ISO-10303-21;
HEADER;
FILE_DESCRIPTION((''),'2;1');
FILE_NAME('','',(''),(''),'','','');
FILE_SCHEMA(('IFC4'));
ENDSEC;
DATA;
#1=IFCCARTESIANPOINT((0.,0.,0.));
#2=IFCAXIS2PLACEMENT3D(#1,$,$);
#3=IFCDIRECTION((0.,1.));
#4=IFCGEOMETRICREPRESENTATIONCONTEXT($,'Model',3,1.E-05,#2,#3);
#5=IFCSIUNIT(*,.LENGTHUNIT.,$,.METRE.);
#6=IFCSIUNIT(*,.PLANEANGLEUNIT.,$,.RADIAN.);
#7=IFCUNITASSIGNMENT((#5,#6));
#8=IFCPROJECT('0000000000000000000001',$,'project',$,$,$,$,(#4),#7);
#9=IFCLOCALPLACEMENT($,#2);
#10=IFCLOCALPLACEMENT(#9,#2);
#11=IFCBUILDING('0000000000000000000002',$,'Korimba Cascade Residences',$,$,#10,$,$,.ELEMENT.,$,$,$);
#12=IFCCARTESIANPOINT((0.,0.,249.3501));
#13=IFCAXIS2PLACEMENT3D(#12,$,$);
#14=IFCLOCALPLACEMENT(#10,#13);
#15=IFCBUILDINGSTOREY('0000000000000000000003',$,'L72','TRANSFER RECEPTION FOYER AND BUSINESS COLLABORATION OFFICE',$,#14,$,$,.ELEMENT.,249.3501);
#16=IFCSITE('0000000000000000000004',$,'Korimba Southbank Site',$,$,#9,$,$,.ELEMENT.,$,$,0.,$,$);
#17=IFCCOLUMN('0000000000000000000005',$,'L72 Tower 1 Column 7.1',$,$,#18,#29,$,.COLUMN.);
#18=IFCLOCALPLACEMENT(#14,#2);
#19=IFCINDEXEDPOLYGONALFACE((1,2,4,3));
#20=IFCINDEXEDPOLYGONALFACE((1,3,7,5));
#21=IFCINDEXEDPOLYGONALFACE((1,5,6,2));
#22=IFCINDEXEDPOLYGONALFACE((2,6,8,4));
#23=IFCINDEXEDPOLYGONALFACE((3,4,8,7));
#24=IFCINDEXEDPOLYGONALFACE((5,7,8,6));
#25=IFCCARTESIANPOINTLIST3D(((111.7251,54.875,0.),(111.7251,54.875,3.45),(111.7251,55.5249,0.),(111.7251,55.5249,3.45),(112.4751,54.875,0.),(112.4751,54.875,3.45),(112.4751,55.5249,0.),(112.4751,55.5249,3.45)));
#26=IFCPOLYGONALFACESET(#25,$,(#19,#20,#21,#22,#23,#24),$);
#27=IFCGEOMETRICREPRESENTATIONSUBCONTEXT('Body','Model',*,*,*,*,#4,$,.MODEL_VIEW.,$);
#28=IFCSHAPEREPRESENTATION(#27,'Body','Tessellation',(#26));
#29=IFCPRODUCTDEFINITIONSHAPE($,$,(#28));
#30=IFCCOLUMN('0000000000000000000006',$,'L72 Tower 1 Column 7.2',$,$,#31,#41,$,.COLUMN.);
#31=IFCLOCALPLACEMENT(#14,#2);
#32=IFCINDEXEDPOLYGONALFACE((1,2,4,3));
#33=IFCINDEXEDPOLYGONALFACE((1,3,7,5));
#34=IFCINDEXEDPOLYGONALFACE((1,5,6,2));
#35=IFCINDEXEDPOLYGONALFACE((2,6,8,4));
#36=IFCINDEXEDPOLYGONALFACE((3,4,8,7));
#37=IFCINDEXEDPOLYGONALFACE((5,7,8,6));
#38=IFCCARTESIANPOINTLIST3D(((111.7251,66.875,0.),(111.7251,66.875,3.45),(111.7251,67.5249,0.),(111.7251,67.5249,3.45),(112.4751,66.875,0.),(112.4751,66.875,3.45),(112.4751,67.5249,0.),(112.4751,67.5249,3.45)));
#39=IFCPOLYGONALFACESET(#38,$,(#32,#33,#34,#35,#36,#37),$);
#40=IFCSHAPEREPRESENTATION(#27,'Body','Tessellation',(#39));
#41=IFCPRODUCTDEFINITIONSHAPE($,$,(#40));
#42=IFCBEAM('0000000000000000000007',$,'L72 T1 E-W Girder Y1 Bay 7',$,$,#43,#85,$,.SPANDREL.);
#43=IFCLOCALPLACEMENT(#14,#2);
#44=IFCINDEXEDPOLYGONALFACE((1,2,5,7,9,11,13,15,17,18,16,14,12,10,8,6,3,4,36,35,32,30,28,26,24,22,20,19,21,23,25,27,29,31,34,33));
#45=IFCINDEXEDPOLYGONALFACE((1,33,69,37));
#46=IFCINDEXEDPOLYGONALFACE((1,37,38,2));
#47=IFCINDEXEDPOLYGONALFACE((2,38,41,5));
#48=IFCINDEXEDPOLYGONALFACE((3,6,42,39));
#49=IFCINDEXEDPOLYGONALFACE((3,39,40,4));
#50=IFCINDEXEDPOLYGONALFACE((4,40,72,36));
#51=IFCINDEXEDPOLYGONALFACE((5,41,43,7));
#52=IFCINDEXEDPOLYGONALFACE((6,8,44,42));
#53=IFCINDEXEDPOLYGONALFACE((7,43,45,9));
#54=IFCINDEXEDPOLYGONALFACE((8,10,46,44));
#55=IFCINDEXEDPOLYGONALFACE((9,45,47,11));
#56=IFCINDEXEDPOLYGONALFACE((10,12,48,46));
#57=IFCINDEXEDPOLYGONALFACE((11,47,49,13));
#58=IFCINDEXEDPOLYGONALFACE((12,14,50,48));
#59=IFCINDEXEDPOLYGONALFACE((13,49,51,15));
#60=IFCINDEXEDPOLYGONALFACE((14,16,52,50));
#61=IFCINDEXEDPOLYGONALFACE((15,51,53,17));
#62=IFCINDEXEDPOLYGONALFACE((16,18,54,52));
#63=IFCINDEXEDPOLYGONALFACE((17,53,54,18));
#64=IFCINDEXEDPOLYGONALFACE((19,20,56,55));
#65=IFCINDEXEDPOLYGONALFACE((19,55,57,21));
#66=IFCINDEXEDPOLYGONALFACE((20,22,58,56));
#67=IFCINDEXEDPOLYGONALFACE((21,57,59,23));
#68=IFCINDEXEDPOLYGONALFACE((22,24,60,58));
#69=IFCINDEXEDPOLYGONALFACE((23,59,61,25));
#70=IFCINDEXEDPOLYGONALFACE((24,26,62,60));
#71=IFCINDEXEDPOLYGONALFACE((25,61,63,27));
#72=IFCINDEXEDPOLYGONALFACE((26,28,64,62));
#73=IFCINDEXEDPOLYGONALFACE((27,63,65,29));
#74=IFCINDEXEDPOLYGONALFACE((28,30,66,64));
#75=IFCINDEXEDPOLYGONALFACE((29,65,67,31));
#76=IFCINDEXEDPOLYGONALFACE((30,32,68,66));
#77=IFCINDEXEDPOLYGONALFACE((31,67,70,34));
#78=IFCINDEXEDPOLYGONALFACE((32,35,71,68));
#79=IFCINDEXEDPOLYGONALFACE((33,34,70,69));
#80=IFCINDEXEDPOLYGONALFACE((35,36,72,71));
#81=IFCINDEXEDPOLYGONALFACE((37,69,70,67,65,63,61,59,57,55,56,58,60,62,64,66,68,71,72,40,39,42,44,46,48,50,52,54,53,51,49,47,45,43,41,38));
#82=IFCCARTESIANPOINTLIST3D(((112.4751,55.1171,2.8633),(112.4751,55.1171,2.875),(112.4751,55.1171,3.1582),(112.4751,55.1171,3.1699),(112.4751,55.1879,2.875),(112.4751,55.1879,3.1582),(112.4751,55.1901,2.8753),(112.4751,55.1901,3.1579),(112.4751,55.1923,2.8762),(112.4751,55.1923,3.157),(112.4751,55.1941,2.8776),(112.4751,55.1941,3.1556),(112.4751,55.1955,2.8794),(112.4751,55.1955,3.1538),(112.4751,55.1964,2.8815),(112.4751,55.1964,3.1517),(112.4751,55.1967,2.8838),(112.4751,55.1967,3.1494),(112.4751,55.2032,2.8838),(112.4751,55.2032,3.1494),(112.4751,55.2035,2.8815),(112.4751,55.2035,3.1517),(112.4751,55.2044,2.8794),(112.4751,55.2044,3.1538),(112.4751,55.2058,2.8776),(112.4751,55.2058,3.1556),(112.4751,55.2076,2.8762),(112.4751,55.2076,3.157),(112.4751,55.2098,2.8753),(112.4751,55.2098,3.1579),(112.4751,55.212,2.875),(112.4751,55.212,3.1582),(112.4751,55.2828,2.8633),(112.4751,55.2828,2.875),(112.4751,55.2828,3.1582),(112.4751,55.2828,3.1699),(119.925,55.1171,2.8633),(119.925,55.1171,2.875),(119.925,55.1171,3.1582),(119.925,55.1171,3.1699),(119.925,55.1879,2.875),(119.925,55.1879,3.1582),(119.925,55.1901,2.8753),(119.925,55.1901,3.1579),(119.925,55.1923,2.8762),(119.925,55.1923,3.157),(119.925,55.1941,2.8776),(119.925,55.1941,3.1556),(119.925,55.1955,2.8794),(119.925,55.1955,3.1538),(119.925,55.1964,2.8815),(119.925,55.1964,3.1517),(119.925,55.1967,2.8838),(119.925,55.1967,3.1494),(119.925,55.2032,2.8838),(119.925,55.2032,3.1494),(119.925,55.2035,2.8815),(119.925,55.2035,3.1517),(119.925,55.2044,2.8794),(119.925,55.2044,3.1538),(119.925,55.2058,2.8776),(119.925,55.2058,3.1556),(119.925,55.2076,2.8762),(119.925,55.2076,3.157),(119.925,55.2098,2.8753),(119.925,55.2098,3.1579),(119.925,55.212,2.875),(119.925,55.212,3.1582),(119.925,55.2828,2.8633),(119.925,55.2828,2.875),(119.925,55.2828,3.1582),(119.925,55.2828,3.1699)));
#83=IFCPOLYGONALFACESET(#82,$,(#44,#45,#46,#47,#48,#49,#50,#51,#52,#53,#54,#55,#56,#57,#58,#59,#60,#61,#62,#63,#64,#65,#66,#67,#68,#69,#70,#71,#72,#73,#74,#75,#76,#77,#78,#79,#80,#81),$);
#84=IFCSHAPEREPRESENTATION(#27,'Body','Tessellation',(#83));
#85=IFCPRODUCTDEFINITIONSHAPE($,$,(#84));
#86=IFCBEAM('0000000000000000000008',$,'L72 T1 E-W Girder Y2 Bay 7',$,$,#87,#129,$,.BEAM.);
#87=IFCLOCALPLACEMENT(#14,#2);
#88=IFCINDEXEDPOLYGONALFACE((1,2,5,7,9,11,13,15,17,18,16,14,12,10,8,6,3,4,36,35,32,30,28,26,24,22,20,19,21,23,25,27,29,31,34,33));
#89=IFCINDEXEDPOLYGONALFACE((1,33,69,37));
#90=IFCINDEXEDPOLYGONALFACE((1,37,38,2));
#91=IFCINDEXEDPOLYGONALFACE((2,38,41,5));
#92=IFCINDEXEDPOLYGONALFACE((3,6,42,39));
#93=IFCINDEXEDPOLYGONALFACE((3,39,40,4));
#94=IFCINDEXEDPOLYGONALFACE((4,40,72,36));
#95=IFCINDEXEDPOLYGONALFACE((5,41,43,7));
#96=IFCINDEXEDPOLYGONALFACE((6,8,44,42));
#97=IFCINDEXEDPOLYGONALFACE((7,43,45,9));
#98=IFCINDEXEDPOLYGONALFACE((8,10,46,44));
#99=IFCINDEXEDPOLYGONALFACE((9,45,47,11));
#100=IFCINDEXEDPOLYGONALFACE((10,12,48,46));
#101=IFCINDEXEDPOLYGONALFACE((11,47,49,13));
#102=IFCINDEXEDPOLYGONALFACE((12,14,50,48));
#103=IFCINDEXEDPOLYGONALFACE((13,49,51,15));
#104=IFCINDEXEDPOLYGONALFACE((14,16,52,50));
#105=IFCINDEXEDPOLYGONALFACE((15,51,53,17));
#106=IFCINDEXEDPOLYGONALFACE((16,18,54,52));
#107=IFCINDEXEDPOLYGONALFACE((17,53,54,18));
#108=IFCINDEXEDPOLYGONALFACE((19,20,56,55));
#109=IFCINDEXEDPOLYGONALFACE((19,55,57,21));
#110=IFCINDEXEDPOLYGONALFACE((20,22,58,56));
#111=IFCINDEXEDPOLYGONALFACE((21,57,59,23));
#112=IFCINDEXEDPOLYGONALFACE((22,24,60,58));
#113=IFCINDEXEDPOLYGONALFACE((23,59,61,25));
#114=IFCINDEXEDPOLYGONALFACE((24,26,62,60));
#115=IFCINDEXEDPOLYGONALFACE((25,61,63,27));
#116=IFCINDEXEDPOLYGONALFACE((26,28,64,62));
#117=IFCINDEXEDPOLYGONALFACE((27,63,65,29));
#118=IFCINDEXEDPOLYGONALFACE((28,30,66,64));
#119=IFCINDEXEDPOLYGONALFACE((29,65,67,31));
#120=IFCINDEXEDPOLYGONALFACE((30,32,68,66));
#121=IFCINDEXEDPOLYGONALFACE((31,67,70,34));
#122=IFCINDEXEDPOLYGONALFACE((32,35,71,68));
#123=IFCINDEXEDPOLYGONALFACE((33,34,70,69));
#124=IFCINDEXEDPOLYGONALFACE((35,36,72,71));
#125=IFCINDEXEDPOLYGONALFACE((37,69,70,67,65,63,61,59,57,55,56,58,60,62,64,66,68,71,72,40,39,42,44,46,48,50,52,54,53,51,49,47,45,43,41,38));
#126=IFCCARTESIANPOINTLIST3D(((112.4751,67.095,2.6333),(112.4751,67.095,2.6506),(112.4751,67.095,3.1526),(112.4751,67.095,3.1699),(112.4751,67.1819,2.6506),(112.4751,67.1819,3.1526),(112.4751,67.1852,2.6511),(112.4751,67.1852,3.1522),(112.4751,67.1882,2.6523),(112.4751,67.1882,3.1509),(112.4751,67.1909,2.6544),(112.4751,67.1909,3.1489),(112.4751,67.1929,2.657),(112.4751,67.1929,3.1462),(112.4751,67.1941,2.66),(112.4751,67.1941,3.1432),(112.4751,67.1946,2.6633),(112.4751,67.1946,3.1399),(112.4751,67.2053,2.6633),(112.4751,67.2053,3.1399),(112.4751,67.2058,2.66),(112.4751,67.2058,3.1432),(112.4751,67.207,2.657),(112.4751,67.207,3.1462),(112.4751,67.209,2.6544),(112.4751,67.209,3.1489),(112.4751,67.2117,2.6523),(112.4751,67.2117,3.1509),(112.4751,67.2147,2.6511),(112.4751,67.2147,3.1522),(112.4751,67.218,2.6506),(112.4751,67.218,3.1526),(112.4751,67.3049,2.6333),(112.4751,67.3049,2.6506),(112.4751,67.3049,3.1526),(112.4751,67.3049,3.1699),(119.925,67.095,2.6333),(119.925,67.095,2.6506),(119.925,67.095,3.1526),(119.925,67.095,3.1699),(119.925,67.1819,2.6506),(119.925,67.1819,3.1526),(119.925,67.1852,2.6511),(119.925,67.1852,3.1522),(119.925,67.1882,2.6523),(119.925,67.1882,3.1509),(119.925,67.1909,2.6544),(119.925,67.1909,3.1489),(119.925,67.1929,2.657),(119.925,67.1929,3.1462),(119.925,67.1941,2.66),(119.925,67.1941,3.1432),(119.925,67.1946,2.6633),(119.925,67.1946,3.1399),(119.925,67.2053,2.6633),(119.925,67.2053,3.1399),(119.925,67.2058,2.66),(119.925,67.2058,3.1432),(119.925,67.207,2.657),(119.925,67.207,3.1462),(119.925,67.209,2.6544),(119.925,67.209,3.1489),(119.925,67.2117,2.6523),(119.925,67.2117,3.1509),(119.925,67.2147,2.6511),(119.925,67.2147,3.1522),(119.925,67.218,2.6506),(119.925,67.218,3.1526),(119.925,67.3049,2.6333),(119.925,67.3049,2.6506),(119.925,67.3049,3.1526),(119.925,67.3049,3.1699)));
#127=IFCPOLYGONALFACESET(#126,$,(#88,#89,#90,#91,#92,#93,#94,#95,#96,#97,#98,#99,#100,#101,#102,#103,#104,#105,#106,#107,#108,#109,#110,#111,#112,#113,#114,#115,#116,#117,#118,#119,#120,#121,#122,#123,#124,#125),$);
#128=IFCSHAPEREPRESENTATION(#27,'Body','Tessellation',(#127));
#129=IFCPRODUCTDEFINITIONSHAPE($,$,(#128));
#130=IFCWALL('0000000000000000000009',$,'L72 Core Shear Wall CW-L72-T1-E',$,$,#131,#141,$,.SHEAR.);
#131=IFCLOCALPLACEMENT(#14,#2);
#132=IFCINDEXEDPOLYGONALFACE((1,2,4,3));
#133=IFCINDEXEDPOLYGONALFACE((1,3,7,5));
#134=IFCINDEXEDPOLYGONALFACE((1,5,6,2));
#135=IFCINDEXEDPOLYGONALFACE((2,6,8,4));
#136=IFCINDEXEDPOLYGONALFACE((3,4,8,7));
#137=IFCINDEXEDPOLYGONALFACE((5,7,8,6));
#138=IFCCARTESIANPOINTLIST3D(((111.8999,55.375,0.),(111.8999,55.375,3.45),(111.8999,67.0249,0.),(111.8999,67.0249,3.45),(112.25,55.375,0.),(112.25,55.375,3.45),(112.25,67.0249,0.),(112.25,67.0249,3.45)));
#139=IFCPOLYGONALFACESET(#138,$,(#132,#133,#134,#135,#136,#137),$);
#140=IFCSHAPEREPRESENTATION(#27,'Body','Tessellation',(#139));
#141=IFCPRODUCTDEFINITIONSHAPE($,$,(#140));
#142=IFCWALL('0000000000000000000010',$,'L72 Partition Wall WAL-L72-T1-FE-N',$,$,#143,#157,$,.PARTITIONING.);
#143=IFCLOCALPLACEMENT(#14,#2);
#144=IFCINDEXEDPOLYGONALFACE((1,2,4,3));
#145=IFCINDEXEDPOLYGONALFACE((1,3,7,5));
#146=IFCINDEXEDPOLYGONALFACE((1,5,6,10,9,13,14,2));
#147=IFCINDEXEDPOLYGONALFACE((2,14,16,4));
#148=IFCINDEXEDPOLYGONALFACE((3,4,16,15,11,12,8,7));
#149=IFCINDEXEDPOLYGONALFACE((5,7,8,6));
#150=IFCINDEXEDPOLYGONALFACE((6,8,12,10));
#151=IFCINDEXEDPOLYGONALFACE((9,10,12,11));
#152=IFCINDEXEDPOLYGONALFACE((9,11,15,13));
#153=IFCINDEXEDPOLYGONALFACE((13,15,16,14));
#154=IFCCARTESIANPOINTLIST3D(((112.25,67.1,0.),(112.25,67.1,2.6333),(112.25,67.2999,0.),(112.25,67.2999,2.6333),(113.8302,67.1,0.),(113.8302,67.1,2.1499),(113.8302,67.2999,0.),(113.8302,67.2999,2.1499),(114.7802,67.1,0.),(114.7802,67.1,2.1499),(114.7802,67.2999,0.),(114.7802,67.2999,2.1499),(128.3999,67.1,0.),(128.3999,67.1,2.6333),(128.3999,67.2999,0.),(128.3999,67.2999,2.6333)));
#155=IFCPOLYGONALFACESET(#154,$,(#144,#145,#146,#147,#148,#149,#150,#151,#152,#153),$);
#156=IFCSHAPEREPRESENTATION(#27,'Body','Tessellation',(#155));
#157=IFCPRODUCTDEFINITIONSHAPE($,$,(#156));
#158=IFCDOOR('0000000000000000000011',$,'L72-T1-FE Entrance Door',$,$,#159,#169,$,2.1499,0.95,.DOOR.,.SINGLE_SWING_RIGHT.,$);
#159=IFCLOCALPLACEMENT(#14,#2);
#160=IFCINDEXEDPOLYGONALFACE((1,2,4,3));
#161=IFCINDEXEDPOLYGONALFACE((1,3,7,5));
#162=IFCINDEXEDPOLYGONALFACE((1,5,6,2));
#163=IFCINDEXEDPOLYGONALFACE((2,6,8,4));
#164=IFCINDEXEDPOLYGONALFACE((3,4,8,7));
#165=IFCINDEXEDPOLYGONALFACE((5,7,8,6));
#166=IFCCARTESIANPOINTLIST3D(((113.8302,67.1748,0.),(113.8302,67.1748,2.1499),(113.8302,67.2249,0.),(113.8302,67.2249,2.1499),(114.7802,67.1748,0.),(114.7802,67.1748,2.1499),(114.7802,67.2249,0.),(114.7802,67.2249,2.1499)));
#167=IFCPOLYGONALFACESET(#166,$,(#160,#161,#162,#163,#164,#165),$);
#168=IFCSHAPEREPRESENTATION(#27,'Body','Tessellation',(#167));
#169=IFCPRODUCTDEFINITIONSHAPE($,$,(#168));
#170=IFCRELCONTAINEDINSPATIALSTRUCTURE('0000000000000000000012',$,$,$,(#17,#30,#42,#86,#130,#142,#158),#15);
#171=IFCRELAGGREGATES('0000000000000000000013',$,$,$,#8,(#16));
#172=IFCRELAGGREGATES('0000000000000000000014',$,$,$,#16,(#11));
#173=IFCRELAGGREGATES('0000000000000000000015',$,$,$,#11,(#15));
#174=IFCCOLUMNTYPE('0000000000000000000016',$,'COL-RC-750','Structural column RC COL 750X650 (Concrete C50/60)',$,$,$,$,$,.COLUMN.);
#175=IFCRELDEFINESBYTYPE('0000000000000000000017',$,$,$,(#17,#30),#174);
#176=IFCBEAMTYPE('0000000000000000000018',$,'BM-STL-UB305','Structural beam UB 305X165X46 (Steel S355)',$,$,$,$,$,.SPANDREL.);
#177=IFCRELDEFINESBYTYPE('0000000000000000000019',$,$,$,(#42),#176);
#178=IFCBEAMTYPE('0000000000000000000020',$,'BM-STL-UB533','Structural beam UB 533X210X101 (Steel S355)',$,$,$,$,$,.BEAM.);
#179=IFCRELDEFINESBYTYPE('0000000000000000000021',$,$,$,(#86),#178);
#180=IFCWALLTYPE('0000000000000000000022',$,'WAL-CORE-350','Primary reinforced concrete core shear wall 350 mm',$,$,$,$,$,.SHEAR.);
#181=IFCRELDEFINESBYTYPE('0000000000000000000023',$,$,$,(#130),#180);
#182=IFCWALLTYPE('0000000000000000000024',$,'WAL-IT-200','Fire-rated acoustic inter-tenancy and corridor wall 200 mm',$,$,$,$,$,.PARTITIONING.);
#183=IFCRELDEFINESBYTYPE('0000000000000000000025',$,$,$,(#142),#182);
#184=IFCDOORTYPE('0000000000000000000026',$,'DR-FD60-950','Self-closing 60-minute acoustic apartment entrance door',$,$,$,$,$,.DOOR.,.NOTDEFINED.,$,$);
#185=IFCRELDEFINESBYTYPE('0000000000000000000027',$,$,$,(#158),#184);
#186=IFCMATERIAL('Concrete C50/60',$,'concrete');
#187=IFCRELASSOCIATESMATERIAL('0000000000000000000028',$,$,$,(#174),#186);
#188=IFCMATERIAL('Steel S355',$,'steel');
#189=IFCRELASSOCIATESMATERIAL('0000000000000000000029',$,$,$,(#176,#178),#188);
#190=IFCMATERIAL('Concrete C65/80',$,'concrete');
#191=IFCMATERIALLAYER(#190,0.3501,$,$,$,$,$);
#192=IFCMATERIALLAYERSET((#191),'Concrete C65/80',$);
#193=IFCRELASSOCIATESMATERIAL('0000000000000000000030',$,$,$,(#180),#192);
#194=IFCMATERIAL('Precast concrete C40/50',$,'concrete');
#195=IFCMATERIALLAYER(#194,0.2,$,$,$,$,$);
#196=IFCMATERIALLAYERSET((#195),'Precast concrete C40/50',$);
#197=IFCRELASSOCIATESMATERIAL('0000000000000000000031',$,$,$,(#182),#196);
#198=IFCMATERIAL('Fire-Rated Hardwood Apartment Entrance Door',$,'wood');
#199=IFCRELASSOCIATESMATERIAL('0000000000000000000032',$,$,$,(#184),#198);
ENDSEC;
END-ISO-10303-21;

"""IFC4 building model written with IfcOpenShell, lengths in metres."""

from ifc_helpers import new_model, si_unit, direction, frame, frame_2d, origin, origin_2d, place, context, subcontext, project, spatial, rectangle, i_section, extrude, material, layer, layer_set, material_profile, profile_set, type_object, element, fill, save


model = new_model("IFC4")

# Units and contexts
model_context = context("Model", 3, precision=1e-05, world=origin(), true_north=direction((0.0, 1.0)))
body_context = subcontext(model_context, "Body", "Model", "MODEL_VIEW")
ifc_project = project(units=[si_unit("LENGTHUNIT", "METRE"), si_unit("PLANEANGLEUNIT", "RADIAN")], contexts=[model_context])

# Site, building, storey
site_placement = place(None, origin())
site = spatial("IfcSite", under=ifc_project, at=site_placement, Name="Korimba Southbank Site", CompositionType="ELEMENT", RefElevation=0.0)
building_placement = place(site_placement, origin())
building = spatial("IfcBuilding", under=site, at=building_placement, Name="Korimba Cascade Residences", CompositionType="ELEMENT")
storey_placement = place(building_placement, frame((0.0, 0.0, 249.3501)))
storey = spatial("IfcBuildingStorey", under=building, at=storey_placement, Name="L72", Description="TRANSFER RECEPTION FOYER AND BUSINESS COLLABORATION OFFICE", CompositionType="ELEMENT", Elevation=249.3501)

# Columns
ifc_material_1 = material(Name="Concrete C50/60", Category="concrete")
ifc_material_profile_1 = material_profile(ifc_material_1, rectangle(XDim=0.75, YDim=0.6499, at=origin_2d()), Name="Concrete C50/60")
ifc_profile_set_1 = profile_set([ifc_material_profile_1], Name="Concrete C50/60")
column_type = type_object("IfcColumnType", Name="COL-RC-750", Description="Structural column RC COL 750X650 (Concrete C50/60)", PredefinedType="COLUMN", material=ifc_profile_set_1)
for number, where, z_axis, x_axis, name in (
    (1, (112.1001, 55.2, 0.0), (0.0, 0.0, 1.0), (1.0, 0.0, 0.0), "L72 Tower 1 Column 7.1"),
    (2, (112.1001, 67.2, 0.0), (0.0, 0.0, 1.0), (1.0, 0.0, 0.0), "L72 Tower 1 Column 7.2"),
):
    element("IfcColumn", number, at=place(storey_placement, frame(where, z_axis=z_axis, x_axis=x_axis)), inside=storey, type_object=column_type, Name=name, PredefinedType="COLUMN", context=body_context, shape_type="SweptSolid", body=[
        extrude(rectangle(XDim=0.75, YDim=0.6499, at=origin_2d()), origin(), (0.0, 0.0, 1.0), 3.45),
    ])

# Beams
ifc_material_2 = material(Name="Steel S355", Category="steel")
ifc_material_profile_2 = material_profile(ifc_material_2, i_section(OverallWidth=0.1658, OverallDepth=0.3066, WebThickness=0.0066, FlangeThickness=0.0117, FilletRadius=0.0088, at=origin_2d()), Name="Steel S355")
ifc_profile_set_2 = profile_set([ifc_material_profile_2], Name="Steel S355")
beam_type_1 = type_object("IfcBeamType", Name="BM-STL-UB305", Description="Structural beam UB 305X165X46 (Steel S355)", PredefinedType="SPANDREL", material=ifc_profile_set_2)
beam_1_placement = place(storey_placement, frame((112.4751, 55.2, 3.0166), z_axis=(1.0, 0.0, 0.0), x_axis=(0.0, 1.0, 0.0)))
element("IfcBeam", 3, at=beam_1_placement, inside=storey, type_object=beam_type_1, Name="L72 T1 E-W Girder Y1 Bay 7", PredefinedType="SPANDREL", context=body_context, shape_type="SweptSolid", body=[
    extrude(i_section(OverallWidth=0.1658, OverallDepth=0.3066, WebThickness=0.0066, FlangeThickness=0.0117, FilletRadius=0.0088, at=origin_2d()), origin(), (0.0, 0.0, 1.0), 7.45),
])
ifc_material_profile_3 = material_profile(ifc_material_2, i_section(OverallWidth=0.21, OverallDepth=0.5366, WebThickness=0.0107, FlangeThickness=0.0173, FilletRadius=0.0127, at=origin_2d()), Name="Steel S355")
ifc_profile_set_3 = profile_set([ifc_material_profile_3], Name="Steel S355")
beam_type_2 = type_object("IfcBeamType", Name="BM-STL-UB533", Description="Structural beam UB 533X210X101 (Steel S355)", PredefinedType="BEAM", material=ifc_profile_set_3)
beam_2_placement = place(storey_placement, frame((112.4751, 67.2, 2.9016), z_axis=(1.0, 0.0, 0.0), x_axis=(0.0, 1.0, 0.0)))
element("IfcBeam", 4, at=beam_2_placement, inside=storey, type_object=beam_type_2, Name="L72 T1 E-W Girder Y2 Bay 7", PredefinedType="BEAM", context=body_context, shape_type="SweptSolid", body=[
    extrude(i_section(OverallWidth=0.21, OverallDepth=0.5366, WebThickness=0.0107, FlangeThickness=0.0173, FilletRadius=0.0127, at=origin_2d()), origin(), (0.0, 0.0, 1.0), 7.45),
])

# Wall
ifc_material_3 = material(Name="Concrete C65/80", Category="concrete")
ifc_layer_1 = layer(ifc_material_3, 0.3501)
ifc_layer_set_1 = layer_set([ifc_layer_1], Name="Concrete C65/80")
wall_type_1 = type_object("IfcWallType", Name="WAL-CORE-350", Description="Primary reinforced concrete core shear wall 350 mm", PredefinedType="SHEAR", material=ifc_layer_set_1)
wall_1_placement = place(storey_placement, frame((112.075, 55.375, 0.0), z_axis=(0.0, 0.0, 1.0), x_axis=(0.0, 1.0, 0.0)))
element("IfcWall", 5, at=wall_1_placement, inside=storey, type_object=wall_type_1, Name="L72 Core Shear Wall CW-L72-T1-E", PredefinedType="SHEAR", context=body_context, shape_type="SweptSolid", body=[
    extrude(rectangle(XDim=11.6499, YDim=0.3501, at=frame_2d((5.825, 0.0))), origin(), (0.0, 0.0, 1.0), 3.45),
])

# Wall, opening, door
ifc_material_4 = material(Name="Precast concrete C40/50", Category="concrete")
ifc_layer_2 = layer(ifc_material_4, 0.2)
ifc_layer_set_2 = layer_set([ifc_layer_2], Name="Precast concrete C40/50")
wall_type_2 = type_object("IfcWallType", Name="WAL-IT-200", Description="Fire-rated acoustic inter-tenancy and corridor wall 200 mm", PredefinedType="PARTITIONING", material=ifc_layer_set_2)
wall_2_placement = place(storey_placement, frame((112.25, 67.2, 0.0), z_axis=(0.0, 0.0, 1.0), x_axis=(1.0, 0.0, 0.0)))
wall_2 = element("IfcWall", 6, at=wall_2_placement, inside=storey, type_object=wall_type_2, Name="L72 Partition Wall WAL-L72-T1-FE-N", PredefinedType="PARTITIONING", context=body_context, shape_type="SweptSolid", body=[
    extrude(rectangle(XDim=16.1499, YDim=0.2, at=frame_2d((8.075, 0.0))), origin(), (0.0, 0.0, 1.0), 2.6333),
])
opening_1_placement = place(wall_2_placement, frame((1.5801, 0.0, 0.0)))
opening_1 = element("IfcOpeningElement", 7, at=opening_1_placement, cuts=wall_2, PredefinedType="OPENING", context=body_context, shape_type="SweptSolid", body=[
    extrude(rectangle(XDim=0.95, YDim=2.1499, at=frame_2d((0.4751, 1.075))), frame((0.0, 0.1099, 0.0), z_axis=(0.0, -1.0, 0.0), x_axis=(1.0, 0.0, 0.0)), (0.0, 0.0, 1.0), 0.22),
])
ifc_material_5 = material(Name="Fire-Rated Hardwood Apartment Entrance Door", Category="wood")
door_type_1 = type_object("IfcDoorType", Name="DR-FD60-950", Description="Self-closing 60-minute acoustic apartment entrance door", OperationType="NOTDEFINED", PredefinedType="DOOR", material=ifc_material_5)
door_1_placement = place(opening_1_placement, origin())
door_1 = element("IfcDoor", 8, at=door_1_placement, inside=storey, type_object=door_type_1, Name="L72-T1-FE Entrance Door", OperationType="SINGLE_SWING_RIGHT", OverallHeight=2.1499, OverallWidth=0.95, PredefinedType="DOOR", context=body_context, shape_type="SweptSolid", body=[
    extrude(rectangle(XDim=0.95, YDim=2.1499, at=frame_2d((0.4751, 1.075))), frame((0.0, 0.0249, 0.0), z_axis=(0.0, -1.0, 0.0), x_axis=(1.0, 0.0, 0.0)), (0.0, 0.0, 1.0), 0.05),
])
fill(opening_1, door_1)

save(model, "model.ifc")
